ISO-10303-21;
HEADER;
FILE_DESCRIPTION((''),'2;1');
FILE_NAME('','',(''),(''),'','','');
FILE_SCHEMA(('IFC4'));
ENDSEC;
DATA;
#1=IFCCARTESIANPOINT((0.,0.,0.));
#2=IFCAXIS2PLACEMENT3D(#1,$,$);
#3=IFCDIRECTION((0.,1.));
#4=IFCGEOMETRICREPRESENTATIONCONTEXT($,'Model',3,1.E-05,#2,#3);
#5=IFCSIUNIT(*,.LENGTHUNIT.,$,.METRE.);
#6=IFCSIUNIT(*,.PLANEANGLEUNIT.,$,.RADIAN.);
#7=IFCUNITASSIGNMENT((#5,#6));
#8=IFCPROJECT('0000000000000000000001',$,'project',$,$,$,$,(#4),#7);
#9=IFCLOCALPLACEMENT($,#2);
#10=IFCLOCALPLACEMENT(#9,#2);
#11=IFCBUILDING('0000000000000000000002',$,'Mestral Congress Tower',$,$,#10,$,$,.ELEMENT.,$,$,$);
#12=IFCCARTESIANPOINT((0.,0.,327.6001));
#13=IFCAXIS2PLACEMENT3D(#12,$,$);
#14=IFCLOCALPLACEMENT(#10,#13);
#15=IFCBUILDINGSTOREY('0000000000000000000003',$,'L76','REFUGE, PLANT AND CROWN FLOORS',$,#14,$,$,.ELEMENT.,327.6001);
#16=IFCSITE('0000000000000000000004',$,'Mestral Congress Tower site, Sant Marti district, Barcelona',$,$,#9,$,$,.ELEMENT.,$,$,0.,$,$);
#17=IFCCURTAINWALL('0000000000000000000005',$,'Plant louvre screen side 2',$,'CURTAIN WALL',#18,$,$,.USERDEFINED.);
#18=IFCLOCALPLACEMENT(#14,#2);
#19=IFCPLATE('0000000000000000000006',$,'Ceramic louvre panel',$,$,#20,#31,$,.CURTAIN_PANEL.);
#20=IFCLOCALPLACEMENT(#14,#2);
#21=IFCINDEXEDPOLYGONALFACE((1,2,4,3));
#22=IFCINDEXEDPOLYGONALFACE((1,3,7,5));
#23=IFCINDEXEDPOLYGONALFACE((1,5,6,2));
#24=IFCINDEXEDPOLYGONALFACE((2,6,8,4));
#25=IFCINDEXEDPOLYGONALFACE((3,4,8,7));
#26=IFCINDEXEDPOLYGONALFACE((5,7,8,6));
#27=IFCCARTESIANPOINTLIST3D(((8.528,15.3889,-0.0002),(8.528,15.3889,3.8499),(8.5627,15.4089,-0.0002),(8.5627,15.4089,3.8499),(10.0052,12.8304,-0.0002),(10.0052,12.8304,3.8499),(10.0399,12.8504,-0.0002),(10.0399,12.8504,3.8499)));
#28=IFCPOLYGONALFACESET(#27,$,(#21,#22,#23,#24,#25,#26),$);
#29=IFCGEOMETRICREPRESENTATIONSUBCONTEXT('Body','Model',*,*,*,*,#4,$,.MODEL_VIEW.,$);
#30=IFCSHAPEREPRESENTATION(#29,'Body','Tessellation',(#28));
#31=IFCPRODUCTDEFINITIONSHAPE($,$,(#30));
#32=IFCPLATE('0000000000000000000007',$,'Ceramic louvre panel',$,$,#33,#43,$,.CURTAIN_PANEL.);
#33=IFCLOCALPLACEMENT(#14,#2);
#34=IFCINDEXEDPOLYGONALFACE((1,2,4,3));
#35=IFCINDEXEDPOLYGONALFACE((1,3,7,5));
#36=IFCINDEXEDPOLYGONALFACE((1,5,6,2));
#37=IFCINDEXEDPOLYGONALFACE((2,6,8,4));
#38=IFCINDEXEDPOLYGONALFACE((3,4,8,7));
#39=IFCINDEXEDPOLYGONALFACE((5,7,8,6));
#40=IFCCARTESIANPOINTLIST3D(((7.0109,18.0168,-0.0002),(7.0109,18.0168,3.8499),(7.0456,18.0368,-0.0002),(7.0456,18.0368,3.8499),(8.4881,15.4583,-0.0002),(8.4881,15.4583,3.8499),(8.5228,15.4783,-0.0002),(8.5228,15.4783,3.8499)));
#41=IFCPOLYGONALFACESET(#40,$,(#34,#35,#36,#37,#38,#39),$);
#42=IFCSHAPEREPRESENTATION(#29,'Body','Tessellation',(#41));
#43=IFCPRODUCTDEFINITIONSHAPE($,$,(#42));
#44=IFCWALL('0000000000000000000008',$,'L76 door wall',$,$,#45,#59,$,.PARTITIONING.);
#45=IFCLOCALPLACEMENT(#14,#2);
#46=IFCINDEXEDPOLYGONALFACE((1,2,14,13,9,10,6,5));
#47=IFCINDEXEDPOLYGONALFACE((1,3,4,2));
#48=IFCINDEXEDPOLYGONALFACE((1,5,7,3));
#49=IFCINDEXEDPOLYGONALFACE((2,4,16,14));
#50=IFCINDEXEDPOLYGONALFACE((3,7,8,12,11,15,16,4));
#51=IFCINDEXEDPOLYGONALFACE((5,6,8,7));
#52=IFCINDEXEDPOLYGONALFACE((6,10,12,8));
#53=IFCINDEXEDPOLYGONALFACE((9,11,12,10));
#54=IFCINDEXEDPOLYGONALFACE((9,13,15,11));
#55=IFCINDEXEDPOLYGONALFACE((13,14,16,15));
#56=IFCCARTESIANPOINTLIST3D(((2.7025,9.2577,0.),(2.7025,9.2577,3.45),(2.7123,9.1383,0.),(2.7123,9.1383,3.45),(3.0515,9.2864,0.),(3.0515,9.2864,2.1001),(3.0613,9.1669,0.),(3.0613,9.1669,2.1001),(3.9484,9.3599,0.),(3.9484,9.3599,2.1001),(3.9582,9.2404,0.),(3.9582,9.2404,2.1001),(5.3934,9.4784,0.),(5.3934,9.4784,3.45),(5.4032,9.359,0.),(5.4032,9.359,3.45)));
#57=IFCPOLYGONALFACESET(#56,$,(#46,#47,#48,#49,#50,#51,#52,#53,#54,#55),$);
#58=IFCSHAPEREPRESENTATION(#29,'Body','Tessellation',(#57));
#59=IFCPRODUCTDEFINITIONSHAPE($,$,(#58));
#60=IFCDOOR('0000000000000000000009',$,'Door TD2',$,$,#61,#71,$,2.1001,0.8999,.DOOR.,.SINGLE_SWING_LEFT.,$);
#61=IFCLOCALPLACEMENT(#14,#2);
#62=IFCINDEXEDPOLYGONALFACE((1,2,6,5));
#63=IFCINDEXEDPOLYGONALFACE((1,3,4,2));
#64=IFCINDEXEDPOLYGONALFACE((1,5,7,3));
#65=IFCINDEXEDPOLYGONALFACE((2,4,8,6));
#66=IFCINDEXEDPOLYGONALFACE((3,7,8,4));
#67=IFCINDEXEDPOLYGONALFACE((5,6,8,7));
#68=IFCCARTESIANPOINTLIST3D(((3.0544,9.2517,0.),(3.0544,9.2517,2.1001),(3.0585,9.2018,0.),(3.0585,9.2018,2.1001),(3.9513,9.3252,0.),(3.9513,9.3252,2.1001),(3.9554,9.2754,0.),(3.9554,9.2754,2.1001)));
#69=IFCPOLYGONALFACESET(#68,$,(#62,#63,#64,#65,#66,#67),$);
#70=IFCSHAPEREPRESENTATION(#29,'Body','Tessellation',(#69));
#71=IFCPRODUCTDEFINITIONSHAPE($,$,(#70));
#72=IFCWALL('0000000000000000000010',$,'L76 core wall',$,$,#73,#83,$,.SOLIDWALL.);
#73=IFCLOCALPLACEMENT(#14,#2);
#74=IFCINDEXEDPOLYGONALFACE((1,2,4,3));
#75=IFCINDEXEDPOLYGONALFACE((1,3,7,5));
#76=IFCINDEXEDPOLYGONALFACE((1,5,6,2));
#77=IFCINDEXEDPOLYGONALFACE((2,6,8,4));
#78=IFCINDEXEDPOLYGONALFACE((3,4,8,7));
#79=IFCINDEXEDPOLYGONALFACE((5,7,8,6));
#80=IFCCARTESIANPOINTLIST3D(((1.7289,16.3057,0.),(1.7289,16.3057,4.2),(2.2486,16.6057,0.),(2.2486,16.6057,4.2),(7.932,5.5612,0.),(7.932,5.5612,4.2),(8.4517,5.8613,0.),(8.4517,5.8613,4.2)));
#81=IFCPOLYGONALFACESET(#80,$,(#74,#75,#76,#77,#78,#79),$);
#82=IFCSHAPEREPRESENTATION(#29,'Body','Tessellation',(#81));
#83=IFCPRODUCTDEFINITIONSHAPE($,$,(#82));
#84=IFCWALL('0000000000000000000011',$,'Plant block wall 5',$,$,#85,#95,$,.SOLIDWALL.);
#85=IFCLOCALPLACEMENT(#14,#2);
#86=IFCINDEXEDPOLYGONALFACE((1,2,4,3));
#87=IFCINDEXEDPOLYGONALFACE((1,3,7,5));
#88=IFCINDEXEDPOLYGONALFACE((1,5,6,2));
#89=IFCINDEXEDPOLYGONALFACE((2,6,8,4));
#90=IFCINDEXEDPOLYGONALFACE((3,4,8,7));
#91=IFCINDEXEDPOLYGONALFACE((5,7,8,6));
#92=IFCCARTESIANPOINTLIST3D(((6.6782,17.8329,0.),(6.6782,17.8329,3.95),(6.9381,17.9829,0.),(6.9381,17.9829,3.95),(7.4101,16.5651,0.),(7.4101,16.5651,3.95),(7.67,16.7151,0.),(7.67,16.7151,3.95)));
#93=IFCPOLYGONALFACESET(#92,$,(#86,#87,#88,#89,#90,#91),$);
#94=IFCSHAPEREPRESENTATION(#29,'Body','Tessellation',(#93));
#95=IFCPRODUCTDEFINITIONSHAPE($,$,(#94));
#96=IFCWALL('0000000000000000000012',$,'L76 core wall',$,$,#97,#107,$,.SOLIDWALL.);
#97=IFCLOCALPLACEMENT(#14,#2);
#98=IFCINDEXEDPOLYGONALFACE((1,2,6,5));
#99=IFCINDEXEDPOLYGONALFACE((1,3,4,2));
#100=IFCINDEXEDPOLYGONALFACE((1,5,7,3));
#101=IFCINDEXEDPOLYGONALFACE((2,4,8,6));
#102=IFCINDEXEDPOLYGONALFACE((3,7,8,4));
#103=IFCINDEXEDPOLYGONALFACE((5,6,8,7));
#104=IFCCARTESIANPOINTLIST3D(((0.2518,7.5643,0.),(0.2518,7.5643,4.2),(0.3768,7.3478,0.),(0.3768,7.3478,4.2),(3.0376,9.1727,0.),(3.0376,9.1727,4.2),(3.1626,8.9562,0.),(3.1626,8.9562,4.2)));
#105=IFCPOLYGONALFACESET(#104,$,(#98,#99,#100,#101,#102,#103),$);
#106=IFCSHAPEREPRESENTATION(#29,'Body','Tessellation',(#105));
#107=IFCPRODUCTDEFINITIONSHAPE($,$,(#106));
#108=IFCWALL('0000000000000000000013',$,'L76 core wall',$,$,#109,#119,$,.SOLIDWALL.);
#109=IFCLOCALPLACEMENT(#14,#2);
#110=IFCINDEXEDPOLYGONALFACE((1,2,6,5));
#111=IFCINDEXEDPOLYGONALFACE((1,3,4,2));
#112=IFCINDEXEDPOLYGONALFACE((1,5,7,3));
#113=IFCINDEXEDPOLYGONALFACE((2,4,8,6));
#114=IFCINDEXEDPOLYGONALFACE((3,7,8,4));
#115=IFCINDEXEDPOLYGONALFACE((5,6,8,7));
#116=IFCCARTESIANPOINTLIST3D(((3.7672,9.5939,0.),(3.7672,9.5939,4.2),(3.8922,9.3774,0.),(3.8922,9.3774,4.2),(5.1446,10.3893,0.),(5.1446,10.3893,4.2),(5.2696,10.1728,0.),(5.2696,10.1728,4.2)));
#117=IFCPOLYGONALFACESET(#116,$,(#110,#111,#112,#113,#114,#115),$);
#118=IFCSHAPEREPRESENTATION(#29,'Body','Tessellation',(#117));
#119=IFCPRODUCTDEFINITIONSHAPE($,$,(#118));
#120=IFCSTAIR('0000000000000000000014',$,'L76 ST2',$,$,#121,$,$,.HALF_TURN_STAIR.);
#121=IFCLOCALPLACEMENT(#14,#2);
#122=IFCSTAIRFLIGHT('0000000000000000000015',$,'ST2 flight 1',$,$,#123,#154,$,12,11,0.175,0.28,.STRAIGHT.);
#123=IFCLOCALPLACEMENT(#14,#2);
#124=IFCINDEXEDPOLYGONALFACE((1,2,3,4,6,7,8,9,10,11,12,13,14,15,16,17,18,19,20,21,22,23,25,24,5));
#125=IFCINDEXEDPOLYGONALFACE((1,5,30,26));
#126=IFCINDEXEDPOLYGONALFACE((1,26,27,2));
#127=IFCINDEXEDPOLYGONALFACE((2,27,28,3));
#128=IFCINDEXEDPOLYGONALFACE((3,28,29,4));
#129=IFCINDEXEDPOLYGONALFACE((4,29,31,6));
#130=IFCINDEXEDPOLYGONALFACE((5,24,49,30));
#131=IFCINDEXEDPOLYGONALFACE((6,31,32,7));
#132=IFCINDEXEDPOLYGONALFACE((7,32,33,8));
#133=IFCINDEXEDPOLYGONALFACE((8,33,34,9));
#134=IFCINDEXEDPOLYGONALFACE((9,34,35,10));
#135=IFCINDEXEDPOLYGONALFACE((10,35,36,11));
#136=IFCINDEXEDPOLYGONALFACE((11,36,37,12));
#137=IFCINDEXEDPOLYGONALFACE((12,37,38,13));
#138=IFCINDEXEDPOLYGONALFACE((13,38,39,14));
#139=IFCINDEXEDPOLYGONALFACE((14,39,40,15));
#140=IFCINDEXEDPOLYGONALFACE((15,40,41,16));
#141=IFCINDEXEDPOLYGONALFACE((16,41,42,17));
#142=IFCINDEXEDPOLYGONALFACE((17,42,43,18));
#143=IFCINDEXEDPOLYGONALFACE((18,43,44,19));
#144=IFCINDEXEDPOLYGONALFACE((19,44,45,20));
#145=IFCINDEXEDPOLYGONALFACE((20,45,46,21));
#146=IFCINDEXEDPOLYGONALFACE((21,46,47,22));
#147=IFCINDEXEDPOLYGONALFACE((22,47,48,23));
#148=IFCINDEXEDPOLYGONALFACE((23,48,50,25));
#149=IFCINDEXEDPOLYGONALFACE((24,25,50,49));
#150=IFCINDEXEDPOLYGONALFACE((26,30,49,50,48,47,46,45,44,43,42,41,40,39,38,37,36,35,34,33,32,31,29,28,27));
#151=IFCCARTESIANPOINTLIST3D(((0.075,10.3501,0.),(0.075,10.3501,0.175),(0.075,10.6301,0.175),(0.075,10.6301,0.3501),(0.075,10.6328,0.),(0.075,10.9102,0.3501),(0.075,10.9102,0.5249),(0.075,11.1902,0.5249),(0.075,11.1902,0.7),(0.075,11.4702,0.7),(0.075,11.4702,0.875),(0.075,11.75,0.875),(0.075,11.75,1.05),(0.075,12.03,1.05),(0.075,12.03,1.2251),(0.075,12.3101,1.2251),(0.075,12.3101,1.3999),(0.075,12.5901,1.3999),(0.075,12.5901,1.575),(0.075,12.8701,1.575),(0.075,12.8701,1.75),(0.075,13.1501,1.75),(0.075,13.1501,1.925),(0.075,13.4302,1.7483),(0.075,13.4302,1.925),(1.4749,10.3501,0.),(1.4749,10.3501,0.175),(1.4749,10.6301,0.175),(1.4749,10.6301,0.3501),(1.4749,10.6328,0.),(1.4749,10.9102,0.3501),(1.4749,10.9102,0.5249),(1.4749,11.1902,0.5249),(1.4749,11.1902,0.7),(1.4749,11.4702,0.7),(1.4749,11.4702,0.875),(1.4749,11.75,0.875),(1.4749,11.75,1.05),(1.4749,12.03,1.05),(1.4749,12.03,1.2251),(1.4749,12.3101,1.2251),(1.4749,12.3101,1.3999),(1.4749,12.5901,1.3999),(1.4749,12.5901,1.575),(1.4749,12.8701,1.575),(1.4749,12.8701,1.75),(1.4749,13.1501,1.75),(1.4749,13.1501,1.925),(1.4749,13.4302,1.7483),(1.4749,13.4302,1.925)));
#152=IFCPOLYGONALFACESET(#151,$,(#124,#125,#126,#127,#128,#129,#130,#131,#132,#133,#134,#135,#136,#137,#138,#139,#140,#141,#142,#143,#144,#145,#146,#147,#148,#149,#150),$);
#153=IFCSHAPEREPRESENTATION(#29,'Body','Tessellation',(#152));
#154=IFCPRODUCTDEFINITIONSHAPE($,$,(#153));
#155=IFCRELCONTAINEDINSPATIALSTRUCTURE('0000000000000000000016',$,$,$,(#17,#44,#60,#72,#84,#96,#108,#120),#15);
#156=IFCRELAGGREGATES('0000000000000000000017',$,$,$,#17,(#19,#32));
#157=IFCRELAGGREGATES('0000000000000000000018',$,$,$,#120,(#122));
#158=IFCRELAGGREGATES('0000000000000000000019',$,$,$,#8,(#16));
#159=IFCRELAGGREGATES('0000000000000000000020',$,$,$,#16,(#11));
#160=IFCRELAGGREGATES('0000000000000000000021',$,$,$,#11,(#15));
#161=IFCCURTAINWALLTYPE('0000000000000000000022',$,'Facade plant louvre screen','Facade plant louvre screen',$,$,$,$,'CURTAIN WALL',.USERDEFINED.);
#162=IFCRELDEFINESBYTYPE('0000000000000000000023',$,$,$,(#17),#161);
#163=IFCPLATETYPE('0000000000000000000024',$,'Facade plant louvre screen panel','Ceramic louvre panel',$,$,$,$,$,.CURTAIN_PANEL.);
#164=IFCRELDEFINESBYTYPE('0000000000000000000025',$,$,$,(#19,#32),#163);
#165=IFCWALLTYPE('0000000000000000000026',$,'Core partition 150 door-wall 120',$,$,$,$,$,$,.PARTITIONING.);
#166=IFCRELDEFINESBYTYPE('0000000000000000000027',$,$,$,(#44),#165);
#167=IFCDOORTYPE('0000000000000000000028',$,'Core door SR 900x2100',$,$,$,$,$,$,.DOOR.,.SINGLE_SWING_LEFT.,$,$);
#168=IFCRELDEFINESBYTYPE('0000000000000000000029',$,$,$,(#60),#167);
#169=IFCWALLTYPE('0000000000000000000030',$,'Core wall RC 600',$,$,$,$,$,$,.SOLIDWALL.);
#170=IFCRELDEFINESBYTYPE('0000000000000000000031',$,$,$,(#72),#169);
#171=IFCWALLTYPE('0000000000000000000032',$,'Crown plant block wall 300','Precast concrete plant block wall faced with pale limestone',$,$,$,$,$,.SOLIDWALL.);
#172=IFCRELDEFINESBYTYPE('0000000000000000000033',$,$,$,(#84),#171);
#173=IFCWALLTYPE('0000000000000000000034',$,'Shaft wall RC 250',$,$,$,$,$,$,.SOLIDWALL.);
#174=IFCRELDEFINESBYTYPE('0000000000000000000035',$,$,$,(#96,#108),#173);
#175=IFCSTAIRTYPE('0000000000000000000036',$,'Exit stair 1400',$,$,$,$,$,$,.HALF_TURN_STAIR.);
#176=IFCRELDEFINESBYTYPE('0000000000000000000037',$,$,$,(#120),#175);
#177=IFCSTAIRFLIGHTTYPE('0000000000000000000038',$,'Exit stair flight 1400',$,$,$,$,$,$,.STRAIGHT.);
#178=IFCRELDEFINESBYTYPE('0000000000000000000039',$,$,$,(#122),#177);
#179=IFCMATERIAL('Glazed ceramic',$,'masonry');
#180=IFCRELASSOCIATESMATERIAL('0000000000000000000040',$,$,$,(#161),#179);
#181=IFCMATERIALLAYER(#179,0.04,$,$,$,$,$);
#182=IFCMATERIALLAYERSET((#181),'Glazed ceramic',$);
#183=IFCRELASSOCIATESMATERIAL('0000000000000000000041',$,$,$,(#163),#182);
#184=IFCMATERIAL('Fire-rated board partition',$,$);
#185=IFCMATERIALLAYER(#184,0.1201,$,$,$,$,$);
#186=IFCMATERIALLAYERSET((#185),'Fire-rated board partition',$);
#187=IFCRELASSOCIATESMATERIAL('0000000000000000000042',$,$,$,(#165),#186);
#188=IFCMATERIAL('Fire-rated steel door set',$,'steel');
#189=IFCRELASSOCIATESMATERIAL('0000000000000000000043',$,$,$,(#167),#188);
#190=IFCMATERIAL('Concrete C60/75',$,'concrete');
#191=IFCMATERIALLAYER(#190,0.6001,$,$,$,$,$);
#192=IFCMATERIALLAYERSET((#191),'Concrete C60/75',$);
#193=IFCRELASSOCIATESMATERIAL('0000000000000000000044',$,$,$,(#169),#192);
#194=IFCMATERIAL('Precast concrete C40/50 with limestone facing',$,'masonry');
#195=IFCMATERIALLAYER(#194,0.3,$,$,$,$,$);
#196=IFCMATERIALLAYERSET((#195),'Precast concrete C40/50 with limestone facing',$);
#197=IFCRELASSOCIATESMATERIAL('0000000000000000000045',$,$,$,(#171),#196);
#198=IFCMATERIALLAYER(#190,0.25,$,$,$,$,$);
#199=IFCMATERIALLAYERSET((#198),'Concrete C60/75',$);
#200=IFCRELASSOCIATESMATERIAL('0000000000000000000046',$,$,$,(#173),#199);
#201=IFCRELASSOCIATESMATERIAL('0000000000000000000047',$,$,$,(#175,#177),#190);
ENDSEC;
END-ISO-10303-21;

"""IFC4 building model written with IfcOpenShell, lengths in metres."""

from ifc_helpers import new_model, si_unit, direction, frame, frame_2d, origin, origin_2d, place, context, subcontext, project, spatial, polyline, rectangle, outline, extrude, material, layer, layer_set, type_object, element, fill, aggregate, save


model = new_model("IFC4")

# Units and contexts
model_context = context("Model", 3, precision=1e-05, world=origin(), true_north=direction((0.0, 1.0)))
body_context = subcontext(model_context, "Body", "Model", "MODEL_VIEW")
ifc_project = project(units=[si_unit("LENGTHUNIT", "METRE"), si_unit("PLANEANGLEUNIT", "RADIAN")], contexts=[model_context])

# Site, building, storey
site_placement = place(None, origin())
site = spatial("IfcSite", under=ifc_project, at=site_placement, Name="Mestral Congress Tower site, Sant Marti district, Barcelona", CompositionType="ELEMENT", RefElevation=0.0)
building_placement = place(site_placement, origin())
building = spatial("IfcBuilding", under=site, at=building_placement, Name="Mestral Congress Tower", CompositionType="ELEMENT")
storey_placement = place(building_placement, frame((0.0, 0.0, 327.6001)))
storey = spatial("IfcBuildingStorey", under=building, at=storey_placement, Name="L76", Description="REFUGE, PLANT AND CROWN FLOORS", CompositionType="ELEMENT", Elevation=327.6001)

# Curtain wall
ifc_material_1 = material(Name="Glazed ceramic", Category="masonry")
curtain_wall_type = type_object("IfcCurtainWallType", Name="Facade plant louvre screen", Description="Facade plant louvre screen", ElementType="CURTAIN WALL", PredefinedType="USERDEFINED", material=ifc_material_1)
placement = place(storey_placement, origin())
curtain_wall = element("IfcCurtainWall", 1, at=placement, inside=storey, type_object=curtain_wall_type, Name="Plant louvre screen side 2", ObjectType="CURTAIN WALL", PredefinedType="USERDEFINED")

# Plates
ifc_layer_1 = layer(ifc_material_1, 0.04)
ifc_layer_set_1 = layer_set([ifc_layer_1], Name="Glazed ceramic")
plate_type = type_object("IfcPlateType", Name="Facade plant louvre screen panel", Description="Ceramic louvre panel", PredefinedType="CURTAIN_PANEL", material=ifc_layer_set_1)
plate_1_placement = place(storey_placement, frame((9.2839, 14.1196, -0.0002), z_axis=(0.0, 0.0, 1.0), x_axis=(-0.500002, 0.866025, 0.0)))
plate_1 = element("IfcPlate", 2, at=plate_1_placement, type_object=plate_type, Name="Ceramic louvre panel", PredefinedType="CURTAIN_PANEL", context=body_context, shape_type="SweptSolid", body=[
    extrude(rectangle(XDim=2.9543, YDim=0.04, at=origin_2d()), origin(), (0.0, 0.0, 1.0), 3.8501),
])
plate_2_placement = place(storey_placement, frame((7.7668, 16.7476, -0.0002), z_axis=(0.0, 0.0, 1.0), x_axis=(-0.500002, 0.866025, 0.0)))
plate_2 = element("IfcPlate", 3, at=plate_2_placement, type_object=plate_type, Name="Ceramic louvre panel", PredefinedType="CURTAIN_PANEL", context=body_context, shape_type="SweptSolid", body=[
    extrude(rectangle(XDim=2.9543, YDim=0.04, at=origin_2d()), origin(), (0.0, 0.0, 1.0), 3.8501),
])
aggregate(curtain_wall, [plate_1, plate_2])

# Wall, opening, door
ifc_material_2 = material(Name="Fire-rated board partition")
ifc_layer_2 = layer(ifc_material_2, 0.1201)
ifc_layer_set_2 = layer_set([ifc_layer_2], Name="Fire-rated board partition")
wall_type_1 = type_object("IfcWallType", Name="Core partition 150 door-wall 120", PredefinedType="PARTITIONING", material=ifc_layer_set_2)
wall_1_placement = place(storey_placement, frame((5.3984, 9.4187, 0.0), z_axis=(0.0, 0.0, 1.0), x_axis=(-0.996653, -0.081743, 0.0)))
wall_1 = element("IfcWall", 4, at=wall_1_placement, inside=storey, type_object=wall_type_1, Name="L76 door wall", PredefinedType="PARTITIONING", context=body_context, shape_type="SweptSolid", body=[
    extrude(rectangle(XDim=2.7, YDim=0.1199, at=frame_2d((1.3501, 0.0))), origin(), (0.0, 0.0, 1.0), 3.45),
])
opening_placement = place(wall_1_placement, frame((1.45, 0.0, 0.0)))
opening = element("IfcOpeningElement", 5, at=opening_placement, cuts=wall_1, PredefinedType="OPENING", context=body_context, shape_type="SweptSolid", body=[
    extrude(rectangle(XDim=0.8999, YDim=2.1001, at=frame_2d((0.45, 1.05))), frame((0.0, 0.0698, 0.0), z_axis=(0.0, -1.0, 0.0), x_axis=(1.0, 0.0, 0.0)), (0.0, 0.0, 1.0), 0.1399),
])
ifc_material_3 = material(Name="Fire-rated steel door set", Category="steel")
door_type = type_object("IfcDoorType", Name="Core door SR 900x2100", OperationType="SINGLE_SWING_LEFT", PredefinedType="DOOR", material=ifc_material_3)
door_placement = place(opening_placement, origin())
door = element("IfcDoor", 6, at=door_placement, inside=storey, type_object=door_type, Name="Door TD2", OperationType="SINGLE_SWING_LEFT", OverallHeight=2.1001, OverallWidth=0.8999, PredefinedType="DOOR", context=body_context, shape_type="SweptSolid", body=[
    extrude(rectangle(XDim=0.8999, YDim=2.1001, at=frame_2d((0.45, 1.05))), frame((0.0, 0.0249, 0.0), z_axis=(0.0, -1.0, 0.0), x_axis=(1.0, 0.0, 0.0)), (0.0, 0.0, 1.0), 0.05),
])
fill(opening, door)

# Walls
ifc_material_4 = material(Name="Concrete C60/75", Category="concrete")
ifc_layer_3 = layer(ifc_material_4, 0.6001)
ifc_layer_set_3 = layer_set([ifc_layer_3], Name="Concrete C60/75")
wall_type_2 = type_object("IfcWallType", Name="Core wall RC 600", PredefinedType="SOLIDWALL", material=ifc_layer_set_3)
wall_2_placement = place(storey_placement, frame((1.9888, 16.4556, 0.0), z_axis=(0.0, 0.0, 1.0), x_axis=(0.499991, -0.866031, 0.0)))
element("IfcWall", 7, at=wall_2_placement, inside=storey, type_object=wall_type_2, Name="L76 core wall", PredefinedType="SOLIDWALL", context=body_context, shape_type="SweptSolid", body=[
    extrude(rectangle(XDim=12.4065, YDim=0.6001, at=frame_2d((6.2031, 0.0))), origin(), (0.0, 0.0, 1.0), 4.2),
])
ifc_material_5 = material(Name="Precast concrete C40/50 with limestone facing", Category="masonry")
ifc_layer_4 = layer(ifc_material_5, 0.3)
ifc_layer_set_4 = layer_set([ifc_layer_4], Name="Precast concrete C40/50 with limestone facing")
wall_type_3 = type_object("IfcWallType", Name="Crown plant block wall 300", Description="Precast concrete plant block wall faced with pale limestone", PredefinedType="SOLIDWALL", material=ifc_layer_set_4)
wall_3_placement = place(storey_placement, frame((7.54, 16.6401, 0.0), z_axis=(0.0, 0.0, 1.0), x_axis=(-0.499977, 0.866038, 0.0)))
element("IfcWall", 8, at=wall_3_placement, inside=storey, type_object=wall_type_3, Name="Plant block wall 5", PredefinedType="SOLIDWALL", context=body_context, shape_type="SweptSolid", body=[
    extrude(rectangle(XDim=1.4639, YDim=0.3, at=frame_2d((0.7319, 0.0))), origin(), (0.0, 0.0, 1.0), 3.95),
])
ifc_layer_5 = layer(ifc_material_4, 0.25)
ifc_layer_set_5 = layer_set([ifc_layer_5], Name="Concrete C60/75")
wall_type_4 = type_object("IfcWallType", Name="Shaft wall RC 250", PredefinedType="SOLIDWALL", material=ifc_layer_set_5)
wall_4_placement = place(storey_placement, frame((3.1001, 9.0645, 0.0), z_axis=(0.0, 0.0, 1.0), x_axis=(-0.86603, -0.499992, 0.0)))
element("IfcWall", 9, at=wall_4_placement, inside=storey, type_object=wall_type_4, Name="L76 core wall", PredefinedType="SOLIDWALL", context=body_context, shape_type="SweptSolid", body=[
    extrude(rectangle(XDim=3.2168, YDim=0.25, at=frame_2d((1.6084, 0.0))), origin(), (0.0, 0.0, 1.0), 4.2),
])
wall_5_placement = place(storey_placement, frame((3.8296, 9.4856, 0.0), z_axis=(0.0, 0.0, 1.0), x_axis=(0.865986, 0.500068, 0.0)))
element("IfcWall", 10, at=wall_5_placement, inside=storey, type_object=wall_type_4, Name="L76 core wall", PredefinedType="SOLIDWALL", context=body_context, shape_type="SweptSolid", body=[
    extrude(rectangle(XDim=1.5906, YDim=0.25, at=frame_2d((0.7954, 0.0))), origin(), (0.0, 0.0, 1.0), 4.2),
])

# Stair, stair flight
stair_type = type_object("IfcStairType", Name="Exit stair 1400", PredefinedType="HALF_TURN_STAIR", material=ifc_material_4)
stair = element("IfcStair", 11, at=placement, inside=storey, type_object=stair_type, Name="L76 ST2", PredefinedType="HALF_TURN_STAIR")
stair_flight_type = type_object("IfcStairFlightType", Name="Exit stair flight 1400", PredefinedType="STRAIGHT", material=ifc_material_4)
stair_flight_placement = place(storey_placement, frame((0.7749, 10.3501, 0.0), z_axis=(0.0, 0.0, 1.0), x_axis=(0.0, 1.0, 0.0)))
stair_flight = element("IfcStairFlight", 12, at=stair_flight_placement, type_object=stair_flight_type, Name="ST2 flight 1", NumberOfRisers=12, NumberOfTreads=11, PredefinedType="STRAIGHT", RiserHeight=0.175, TreadLength=0.28, context=body_context, shape_type="SweptSolid", body=[
    extrude(outline(polyline([(0.0, 0.0), (0.0, 0.175), (0.28, 0.175), (0.28, 0.3501), (0.5601, 0.3501), (0.5601, 0.5249), (0.8401, 0.5249), (0.8401, 0.7), (1.1201, 0.7), (1.1201, 0.875), (1.3999, 0.875), (1.3999, 1.05), (1.6799, 1.05), (1.6799, 1.2251), (1.96, 1.2251), (1.96, 1.3999), (2.24, 1.3999), (2.24, 1.575), (2.52, 1.575), (2.52, 1.75), (2.8, 1.75), (2.8, 1.925), (3.0801, 1.925), (3.0801, 2.1001), (3.0801, 1.7483), (0.2827, 0.0), (0.0, 0.0)])), frame((0.0, 0.7, 0.0), z_axis=(0.0, -1.0, 0.0), x_axis=(1.0, 0.0, 0.0)), (0.0, 0.0, 1.0), 1.3999),
])
aggregate(stair, [stair_flight])

save(model, "model.ifc")
